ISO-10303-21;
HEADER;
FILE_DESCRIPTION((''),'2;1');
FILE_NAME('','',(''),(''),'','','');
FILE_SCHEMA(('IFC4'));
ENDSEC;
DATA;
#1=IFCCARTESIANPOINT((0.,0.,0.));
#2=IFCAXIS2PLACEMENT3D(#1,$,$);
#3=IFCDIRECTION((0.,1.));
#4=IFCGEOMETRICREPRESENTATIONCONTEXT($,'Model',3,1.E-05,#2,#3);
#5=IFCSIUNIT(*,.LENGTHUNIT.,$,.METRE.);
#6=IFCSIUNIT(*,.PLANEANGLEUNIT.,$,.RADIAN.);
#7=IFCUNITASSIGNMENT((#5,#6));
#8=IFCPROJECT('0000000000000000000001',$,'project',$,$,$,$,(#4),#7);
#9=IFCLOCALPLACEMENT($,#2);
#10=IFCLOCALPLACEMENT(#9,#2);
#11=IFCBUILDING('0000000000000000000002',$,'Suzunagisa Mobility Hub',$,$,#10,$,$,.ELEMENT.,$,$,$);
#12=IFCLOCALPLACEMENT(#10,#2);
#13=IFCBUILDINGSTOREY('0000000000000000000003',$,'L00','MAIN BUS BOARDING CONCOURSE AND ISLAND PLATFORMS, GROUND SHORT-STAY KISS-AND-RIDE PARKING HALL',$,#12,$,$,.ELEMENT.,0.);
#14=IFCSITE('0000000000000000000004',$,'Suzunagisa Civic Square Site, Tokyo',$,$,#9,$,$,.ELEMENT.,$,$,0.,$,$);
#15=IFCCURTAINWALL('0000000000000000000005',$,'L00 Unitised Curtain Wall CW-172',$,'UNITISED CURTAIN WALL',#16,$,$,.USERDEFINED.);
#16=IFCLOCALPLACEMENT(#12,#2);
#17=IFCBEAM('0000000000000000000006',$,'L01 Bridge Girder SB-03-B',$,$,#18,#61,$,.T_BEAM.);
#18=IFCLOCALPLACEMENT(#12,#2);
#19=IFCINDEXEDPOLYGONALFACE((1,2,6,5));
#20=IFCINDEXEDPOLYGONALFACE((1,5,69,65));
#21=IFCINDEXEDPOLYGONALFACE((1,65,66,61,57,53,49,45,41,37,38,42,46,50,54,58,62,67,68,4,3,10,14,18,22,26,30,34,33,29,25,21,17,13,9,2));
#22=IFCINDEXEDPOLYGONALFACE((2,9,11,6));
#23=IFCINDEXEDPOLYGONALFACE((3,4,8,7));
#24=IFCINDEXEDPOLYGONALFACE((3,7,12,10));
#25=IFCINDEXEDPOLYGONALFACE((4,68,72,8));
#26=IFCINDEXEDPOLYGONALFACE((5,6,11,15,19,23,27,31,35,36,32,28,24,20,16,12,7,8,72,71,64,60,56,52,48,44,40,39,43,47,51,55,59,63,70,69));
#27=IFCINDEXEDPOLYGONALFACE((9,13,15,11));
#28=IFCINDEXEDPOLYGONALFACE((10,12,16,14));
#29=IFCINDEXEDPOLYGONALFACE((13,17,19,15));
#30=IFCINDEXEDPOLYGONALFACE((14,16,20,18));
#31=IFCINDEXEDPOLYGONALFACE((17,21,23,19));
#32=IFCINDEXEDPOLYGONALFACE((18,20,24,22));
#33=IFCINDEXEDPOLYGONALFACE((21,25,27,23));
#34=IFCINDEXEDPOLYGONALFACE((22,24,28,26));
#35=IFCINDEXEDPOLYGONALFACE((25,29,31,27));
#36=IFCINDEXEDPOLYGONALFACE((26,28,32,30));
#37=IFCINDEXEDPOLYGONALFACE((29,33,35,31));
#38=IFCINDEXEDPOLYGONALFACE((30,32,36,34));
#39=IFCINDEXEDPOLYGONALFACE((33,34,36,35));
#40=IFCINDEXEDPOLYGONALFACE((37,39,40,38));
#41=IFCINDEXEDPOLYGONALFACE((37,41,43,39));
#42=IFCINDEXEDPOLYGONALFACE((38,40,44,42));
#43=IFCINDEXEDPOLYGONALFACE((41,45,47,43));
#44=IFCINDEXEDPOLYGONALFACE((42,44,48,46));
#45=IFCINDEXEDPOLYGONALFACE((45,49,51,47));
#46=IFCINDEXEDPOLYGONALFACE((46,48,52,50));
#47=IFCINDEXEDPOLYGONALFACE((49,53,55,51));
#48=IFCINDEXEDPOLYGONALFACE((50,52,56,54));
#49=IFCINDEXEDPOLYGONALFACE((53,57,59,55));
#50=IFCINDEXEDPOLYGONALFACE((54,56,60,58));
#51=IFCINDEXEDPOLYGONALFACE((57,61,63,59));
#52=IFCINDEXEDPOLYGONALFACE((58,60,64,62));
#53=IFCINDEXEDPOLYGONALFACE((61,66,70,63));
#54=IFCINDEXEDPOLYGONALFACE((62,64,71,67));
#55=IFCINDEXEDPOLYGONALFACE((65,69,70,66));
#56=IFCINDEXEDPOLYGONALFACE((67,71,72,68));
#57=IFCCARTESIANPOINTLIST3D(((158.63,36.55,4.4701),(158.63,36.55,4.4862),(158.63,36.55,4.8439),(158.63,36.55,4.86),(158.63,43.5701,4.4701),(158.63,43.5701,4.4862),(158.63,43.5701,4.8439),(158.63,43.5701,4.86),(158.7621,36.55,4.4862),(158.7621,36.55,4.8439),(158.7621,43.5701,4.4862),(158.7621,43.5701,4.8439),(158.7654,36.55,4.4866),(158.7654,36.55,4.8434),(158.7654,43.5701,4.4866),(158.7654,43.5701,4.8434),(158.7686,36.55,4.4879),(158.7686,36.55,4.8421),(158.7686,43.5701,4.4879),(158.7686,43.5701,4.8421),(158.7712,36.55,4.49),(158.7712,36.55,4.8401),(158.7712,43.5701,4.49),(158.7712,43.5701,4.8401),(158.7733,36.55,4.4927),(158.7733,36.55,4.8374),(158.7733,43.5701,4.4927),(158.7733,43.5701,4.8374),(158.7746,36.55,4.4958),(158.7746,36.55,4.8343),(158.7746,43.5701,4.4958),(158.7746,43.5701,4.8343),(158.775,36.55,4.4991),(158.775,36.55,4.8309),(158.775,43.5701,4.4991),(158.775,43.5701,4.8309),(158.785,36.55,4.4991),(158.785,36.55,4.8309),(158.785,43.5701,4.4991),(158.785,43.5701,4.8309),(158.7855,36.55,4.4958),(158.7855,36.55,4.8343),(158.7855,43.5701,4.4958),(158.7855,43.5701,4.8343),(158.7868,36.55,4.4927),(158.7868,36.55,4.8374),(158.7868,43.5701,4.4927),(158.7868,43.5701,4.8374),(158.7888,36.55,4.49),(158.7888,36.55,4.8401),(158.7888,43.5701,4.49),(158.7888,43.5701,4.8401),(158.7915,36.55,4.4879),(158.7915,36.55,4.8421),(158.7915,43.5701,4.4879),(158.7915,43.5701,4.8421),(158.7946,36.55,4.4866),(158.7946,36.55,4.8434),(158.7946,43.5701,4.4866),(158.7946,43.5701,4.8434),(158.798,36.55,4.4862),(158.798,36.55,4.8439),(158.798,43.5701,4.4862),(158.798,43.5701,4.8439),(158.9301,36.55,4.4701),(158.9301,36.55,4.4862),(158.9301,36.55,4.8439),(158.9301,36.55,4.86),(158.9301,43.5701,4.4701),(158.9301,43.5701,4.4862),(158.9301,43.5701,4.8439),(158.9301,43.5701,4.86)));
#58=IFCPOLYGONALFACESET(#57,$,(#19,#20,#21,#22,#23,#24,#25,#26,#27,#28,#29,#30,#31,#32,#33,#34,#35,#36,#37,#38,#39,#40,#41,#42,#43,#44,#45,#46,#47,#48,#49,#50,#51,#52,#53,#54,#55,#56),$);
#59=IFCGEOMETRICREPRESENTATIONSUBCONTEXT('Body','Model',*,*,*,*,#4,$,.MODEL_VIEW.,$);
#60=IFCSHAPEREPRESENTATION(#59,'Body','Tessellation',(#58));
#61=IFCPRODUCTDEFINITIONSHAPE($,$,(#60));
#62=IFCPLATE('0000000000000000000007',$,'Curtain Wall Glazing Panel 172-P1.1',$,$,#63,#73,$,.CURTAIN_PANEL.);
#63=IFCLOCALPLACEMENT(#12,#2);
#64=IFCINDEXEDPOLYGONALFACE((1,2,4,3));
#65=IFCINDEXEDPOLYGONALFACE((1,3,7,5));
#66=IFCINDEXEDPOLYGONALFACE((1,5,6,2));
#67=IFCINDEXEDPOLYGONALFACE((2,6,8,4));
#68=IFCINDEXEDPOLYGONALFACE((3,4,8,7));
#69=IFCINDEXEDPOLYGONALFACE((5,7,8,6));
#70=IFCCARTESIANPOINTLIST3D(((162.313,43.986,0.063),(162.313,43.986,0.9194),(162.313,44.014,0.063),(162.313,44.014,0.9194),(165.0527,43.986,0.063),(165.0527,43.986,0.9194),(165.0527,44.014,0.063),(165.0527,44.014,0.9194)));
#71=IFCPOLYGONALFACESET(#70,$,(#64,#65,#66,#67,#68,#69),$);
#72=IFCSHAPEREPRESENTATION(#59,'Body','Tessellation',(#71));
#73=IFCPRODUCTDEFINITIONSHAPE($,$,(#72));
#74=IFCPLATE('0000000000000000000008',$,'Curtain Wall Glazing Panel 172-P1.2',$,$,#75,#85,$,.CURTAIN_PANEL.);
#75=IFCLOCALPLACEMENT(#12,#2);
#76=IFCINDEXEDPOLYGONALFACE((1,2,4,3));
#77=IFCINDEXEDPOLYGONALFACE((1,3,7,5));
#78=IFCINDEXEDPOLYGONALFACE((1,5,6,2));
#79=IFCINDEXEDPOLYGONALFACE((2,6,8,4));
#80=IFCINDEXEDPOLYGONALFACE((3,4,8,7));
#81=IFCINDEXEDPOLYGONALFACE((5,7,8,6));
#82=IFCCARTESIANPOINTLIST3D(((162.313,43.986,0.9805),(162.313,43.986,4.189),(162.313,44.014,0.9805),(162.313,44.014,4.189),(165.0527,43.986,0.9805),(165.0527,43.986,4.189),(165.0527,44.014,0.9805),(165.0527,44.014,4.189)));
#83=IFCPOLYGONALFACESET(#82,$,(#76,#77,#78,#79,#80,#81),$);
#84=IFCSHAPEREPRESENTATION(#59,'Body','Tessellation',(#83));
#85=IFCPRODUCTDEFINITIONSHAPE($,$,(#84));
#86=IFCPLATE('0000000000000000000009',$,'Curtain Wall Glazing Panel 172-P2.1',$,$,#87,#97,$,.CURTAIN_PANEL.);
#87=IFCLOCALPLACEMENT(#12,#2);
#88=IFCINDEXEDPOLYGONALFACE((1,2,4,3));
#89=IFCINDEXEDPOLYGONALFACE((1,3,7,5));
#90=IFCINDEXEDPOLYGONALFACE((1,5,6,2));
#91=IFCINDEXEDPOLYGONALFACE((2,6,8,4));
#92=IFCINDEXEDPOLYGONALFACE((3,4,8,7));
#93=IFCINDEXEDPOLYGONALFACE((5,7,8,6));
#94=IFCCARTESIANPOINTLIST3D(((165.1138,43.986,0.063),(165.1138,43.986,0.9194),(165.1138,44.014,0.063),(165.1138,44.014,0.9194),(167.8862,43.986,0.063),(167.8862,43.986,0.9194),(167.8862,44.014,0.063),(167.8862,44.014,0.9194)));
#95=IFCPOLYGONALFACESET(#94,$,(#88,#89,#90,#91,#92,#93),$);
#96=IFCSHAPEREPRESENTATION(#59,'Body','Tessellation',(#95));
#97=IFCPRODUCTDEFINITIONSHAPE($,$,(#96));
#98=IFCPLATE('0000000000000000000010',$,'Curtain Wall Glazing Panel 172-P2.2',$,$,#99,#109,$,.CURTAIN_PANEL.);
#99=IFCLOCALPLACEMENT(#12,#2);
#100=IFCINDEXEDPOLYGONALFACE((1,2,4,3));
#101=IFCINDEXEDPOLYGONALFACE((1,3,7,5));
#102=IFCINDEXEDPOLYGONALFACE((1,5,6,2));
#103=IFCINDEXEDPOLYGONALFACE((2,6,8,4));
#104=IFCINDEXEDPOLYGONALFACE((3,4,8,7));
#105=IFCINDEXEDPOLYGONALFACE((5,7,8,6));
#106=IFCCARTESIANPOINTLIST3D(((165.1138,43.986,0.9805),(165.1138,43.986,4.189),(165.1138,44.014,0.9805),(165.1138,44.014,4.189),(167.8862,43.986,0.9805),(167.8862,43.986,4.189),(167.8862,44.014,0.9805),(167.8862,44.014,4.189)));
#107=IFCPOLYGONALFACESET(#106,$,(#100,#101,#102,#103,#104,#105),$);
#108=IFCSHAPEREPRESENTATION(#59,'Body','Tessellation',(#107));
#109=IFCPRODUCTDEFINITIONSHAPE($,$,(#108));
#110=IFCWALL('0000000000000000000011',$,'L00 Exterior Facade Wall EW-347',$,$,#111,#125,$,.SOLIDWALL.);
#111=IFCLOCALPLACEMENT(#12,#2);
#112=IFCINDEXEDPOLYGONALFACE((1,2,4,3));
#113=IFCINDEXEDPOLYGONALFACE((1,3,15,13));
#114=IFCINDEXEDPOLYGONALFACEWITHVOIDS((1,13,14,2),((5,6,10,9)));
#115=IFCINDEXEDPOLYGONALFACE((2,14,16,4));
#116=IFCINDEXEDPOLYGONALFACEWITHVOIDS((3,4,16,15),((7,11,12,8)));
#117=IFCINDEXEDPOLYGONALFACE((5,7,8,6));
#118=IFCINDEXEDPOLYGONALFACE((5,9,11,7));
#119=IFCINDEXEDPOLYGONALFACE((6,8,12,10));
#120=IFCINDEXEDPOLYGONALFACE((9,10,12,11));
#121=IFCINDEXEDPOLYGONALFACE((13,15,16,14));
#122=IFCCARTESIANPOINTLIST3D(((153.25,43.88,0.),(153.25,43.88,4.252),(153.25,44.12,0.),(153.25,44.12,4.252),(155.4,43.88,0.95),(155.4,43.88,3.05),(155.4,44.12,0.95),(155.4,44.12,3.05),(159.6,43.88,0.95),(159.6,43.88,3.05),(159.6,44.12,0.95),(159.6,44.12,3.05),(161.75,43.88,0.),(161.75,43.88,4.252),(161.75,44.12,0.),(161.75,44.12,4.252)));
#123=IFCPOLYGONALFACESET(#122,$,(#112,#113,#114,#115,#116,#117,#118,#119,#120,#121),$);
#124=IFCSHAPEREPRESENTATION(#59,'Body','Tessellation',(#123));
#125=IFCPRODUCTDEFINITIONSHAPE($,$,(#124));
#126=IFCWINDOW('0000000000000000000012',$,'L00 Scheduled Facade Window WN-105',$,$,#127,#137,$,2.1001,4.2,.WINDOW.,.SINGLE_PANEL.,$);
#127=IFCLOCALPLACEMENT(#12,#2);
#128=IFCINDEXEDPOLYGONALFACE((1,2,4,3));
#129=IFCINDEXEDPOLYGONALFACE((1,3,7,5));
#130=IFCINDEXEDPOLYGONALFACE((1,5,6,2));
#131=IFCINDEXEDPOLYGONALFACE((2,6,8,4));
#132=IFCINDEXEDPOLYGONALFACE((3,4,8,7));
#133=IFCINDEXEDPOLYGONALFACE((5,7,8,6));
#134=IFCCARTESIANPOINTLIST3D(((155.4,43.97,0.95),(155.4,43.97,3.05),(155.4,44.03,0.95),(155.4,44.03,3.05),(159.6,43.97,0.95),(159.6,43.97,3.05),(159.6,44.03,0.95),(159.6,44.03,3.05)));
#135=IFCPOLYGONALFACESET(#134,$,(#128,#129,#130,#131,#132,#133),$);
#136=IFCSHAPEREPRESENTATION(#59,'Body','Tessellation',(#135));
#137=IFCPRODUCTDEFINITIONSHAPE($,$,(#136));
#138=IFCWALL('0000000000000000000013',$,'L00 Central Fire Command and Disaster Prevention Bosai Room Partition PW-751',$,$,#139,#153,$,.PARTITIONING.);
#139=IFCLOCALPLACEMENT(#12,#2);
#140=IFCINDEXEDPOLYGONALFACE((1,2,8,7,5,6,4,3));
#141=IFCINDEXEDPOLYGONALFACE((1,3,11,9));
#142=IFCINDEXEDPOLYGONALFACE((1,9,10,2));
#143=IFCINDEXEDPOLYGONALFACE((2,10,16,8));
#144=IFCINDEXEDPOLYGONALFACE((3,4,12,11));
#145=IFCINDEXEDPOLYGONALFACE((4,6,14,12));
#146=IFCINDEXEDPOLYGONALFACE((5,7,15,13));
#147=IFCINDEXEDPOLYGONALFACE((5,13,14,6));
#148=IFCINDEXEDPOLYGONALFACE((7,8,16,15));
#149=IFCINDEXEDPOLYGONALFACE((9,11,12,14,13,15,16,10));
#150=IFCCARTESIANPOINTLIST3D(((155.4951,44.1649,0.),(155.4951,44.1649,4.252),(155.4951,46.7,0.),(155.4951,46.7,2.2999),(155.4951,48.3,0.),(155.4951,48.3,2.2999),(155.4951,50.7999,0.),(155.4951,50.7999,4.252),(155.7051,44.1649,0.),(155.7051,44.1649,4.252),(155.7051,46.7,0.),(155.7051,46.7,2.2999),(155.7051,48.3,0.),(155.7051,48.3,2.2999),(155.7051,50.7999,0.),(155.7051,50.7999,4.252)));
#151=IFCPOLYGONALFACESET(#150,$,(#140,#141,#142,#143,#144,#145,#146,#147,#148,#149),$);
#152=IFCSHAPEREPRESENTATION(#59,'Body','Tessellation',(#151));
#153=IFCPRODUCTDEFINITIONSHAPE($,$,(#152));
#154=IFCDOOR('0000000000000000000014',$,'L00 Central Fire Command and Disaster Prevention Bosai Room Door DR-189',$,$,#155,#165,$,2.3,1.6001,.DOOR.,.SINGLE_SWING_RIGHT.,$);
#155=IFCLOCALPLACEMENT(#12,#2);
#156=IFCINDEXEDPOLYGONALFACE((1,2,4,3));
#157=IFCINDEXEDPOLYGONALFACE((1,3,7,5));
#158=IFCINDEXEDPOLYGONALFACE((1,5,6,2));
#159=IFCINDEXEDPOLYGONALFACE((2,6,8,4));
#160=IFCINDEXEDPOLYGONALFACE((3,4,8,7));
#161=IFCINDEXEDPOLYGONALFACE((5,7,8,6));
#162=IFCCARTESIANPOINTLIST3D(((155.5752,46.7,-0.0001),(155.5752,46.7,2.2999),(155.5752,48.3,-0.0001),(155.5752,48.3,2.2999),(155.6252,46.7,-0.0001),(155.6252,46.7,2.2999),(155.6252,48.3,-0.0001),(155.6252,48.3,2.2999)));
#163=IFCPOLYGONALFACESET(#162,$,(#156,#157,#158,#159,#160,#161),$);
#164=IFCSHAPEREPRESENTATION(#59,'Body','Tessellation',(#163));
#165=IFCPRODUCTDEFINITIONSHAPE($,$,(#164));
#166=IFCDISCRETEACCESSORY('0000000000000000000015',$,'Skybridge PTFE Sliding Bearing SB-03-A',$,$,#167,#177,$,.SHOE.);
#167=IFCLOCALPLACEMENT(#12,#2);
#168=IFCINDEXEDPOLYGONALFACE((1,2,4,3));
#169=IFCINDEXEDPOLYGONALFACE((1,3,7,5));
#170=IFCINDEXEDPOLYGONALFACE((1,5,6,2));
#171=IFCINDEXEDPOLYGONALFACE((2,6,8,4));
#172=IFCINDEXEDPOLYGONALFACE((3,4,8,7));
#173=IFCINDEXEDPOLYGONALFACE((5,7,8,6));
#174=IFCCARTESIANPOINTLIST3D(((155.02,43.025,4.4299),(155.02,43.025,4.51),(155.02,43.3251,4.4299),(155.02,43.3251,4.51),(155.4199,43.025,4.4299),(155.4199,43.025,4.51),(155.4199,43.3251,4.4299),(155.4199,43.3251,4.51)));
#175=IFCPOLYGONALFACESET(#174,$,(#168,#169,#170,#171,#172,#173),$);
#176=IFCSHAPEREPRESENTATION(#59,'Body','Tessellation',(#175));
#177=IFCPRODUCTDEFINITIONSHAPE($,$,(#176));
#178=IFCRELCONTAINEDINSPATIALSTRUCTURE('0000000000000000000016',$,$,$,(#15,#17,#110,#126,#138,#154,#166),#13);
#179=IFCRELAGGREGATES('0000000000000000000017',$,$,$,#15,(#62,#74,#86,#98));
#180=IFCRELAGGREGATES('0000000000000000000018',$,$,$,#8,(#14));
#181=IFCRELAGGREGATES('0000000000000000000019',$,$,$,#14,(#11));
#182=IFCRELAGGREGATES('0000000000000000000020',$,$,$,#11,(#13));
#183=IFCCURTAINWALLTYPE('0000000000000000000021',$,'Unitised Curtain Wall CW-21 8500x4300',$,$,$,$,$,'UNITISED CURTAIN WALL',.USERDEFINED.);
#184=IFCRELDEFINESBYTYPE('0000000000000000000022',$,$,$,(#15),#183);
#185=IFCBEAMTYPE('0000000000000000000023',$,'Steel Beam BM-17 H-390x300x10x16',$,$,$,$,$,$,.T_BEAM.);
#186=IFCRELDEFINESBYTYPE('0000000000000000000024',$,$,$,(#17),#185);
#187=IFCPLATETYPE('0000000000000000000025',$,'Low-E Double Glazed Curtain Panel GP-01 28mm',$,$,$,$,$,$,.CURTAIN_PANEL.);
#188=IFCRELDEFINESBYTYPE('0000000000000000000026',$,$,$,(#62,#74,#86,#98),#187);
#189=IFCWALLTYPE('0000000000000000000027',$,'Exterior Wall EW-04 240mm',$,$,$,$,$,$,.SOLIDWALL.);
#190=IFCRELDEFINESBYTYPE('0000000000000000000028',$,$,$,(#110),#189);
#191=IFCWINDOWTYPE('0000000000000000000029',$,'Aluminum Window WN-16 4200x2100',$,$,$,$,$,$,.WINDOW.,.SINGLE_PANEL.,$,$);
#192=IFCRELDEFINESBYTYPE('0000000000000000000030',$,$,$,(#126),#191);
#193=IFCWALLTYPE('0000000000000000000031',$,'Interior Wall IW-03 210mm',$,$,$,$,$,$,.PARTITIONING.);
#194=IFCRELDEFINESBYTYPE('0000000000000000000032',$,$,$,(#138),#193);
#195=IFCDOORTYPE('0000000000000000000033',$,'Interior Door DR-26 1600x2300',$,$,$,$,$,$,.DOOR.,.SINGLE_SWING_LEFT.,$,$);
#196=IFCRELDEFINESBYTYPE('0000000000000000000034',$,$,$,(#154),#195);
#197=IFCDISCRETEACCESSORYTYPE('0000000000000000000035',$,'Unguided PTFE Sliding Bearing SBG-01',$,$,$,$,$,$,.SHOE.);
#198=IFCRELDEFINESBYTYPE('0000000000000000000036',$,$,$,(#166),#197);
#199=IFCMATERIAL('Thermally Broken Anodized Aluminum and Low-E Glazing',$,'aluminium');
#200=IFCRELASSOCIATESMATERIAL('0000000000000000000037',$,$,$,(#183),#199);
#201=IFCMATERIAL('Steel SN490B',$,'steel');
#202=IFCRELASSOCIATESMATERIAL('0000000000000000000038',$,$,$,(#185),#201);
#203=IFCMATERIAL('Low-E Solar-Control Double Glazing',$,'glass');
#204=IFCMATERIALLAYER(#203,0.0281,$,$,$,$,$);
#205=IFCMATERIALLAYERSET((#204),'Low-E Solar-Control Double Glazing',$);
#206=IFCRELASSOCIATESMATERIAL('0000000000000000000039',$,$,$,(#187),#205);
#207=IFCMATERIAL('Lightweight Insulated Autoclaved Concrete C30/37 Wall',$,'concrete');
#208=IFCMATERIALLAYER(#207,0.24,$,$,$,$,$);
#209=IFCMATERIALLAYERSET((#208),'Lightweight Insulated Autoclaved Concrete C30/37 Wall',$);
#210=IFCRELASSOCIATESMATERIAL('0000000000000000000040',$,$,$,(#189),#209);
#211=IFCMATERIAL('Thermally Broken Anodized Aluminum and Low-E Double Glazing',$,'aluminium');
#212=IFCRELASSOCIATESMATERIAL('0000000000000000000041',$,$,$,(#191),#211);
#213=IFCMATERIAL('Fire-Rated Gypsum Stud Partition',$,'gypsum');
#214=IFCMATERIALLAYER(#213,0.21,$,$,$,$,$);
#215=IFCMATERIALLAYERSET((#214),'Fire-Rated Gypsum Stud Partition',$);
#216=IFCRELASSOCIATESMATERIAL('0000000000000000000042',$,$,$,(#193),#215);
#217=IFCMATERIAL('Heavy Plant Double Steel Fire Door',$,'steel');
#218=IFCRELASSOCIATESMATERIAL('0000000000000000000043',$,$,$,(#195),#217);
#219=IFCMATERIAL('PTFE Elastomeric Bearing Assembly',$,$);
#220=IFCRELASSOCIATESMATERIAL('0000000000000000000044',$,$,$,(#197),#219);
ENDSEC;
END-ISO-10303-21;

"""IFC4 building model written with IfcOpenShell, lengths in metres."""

from ifc_helpers import new_model, si_unit, direction, frame, frame_2d, origin, origin_2d, place, context, subcontext, project, spatial, rectangle, i_section, extrude, material, layer, layer_set, material_profile, profile_set, type_object, element, fill, aggregate, save


model = new_model("IFC4")

# Units and contexts
model_context = context("Model", 3, precision=1e-05, world=origin(), true_north=direction((0.0, 1.0)))
body_context = subcontext(model_context, "Body", "Model", "MODEL_VIEW")
ifc_project = project(units=[si_unit("LENGTHUNIT", "METRE"), si_unit("PLANEANGLEUNIT", "RADIAN")], contexts=[model_context])

# Site, building, storey
site_placement = place(None, origin())
site = spatial("IfcSite", under=ifc_project, at=site_placement, Name="Suzunagisa Civic Square Site, Tokyo", CompositionType="ELEMENT", RefElevation=0.0)
building_placement = place(site_placement, origin())
building = spatial("IfcBuilding", under=site, at=building_placement, Name="Suzunagisa Mobility Hub", CompositionType="ELEMENT")
storey_placement = place(building_placement, origin())
storey = spatial("IfcBuildingStorey", under=building, at=storey_placement, Name="L00", Description="MAIN BUS BOARDING CONCOURSE AND ISLAND PLATFORMS, GROUND SHORT-STAY KISS-AND-RIDE PARKING HALL", CompositionType="ELEMENT", Elevation=0.0)

# Shared definitions
ifc_material_1 = material(Name="Steel SN490B", Category="steel")

# Curtain wall
ifc_material_2 = material(Name="Thermally Broken Anodized Aluminum and Low-E Glazing", Category="aluminium")
curtain_wall_type = type_object("IfcCurtainWallType", Name="Unitised Curtain Wall CW-21 8500x4300", ElementType="UNITISED CURTAIN WALL", PredefinedType="USERDEFINED", material=ifc_material_2)
curtain_wall_placement = place(storey_placement, origin())
curtain_wall = element("IfcCurtainWall", 1, at=curtain_wall_placement, inside=storey, type_object=curtain_wall_type, Name="L00 Unitised Curtain Wall CW-172", ObjectType="UNITISED CURTAIN WALL", PredefinedType="USERDEFINED")

# Beam
ifc_material_profile_1 = material_profile(ifc_material_1, i_section(OverallWidth=0.3, OverallDepth=0.3899, WebThickness=0.01, FlangeThickness=0.0161, FilletRadius=0.0129, at=origin_2d()), Name="H-390x300x10x16")
ifc_profile_set_1 = profile_set([ifc_material_profile_1], Name="Steel SN490B")
beam_type_1 = type_object("IfcBeamType", Name="Steel Beam BM-17 H-390x300x10x16", PredefinedType="T_BEAM", material=ifc_profile_set_1)
for number, where, z_axis, x_axis, name in (
    (2, (158.78, 36.55, 4.665), (0.0, 1.0, 0.0), (-1.0, 0.0, 0.0), "L01 Bridge Girder SB-03-B"),
):
    element("IfcBeam", number, at=place(storey_placement, frame(where, z_axis=z_axis, x_axis=x_axis)), inside=storey, type_object=beam_type_1, Name=name, PredefinedType="T_BEAM", context=body_context, shape_type="SweptSolid", body=[
        extrude(i_section(OverallWidth=0.3, OverallDepth=0.3899, WebThickness=0.01, FlangeThickness=0.0161, FilletRadius=0.0129, at=origin_2d()), origin(), (0.0, 0.0, 1.0), 7.02),
    ])

# Plates
ifc_material_3 = material(Name="Low-E Solar-Control Double Glazing", Category="glass")
ifc_layer_1 = layer(ifc_material_3, 0.0281)
ifc_layer_set_1 = layer_set([ifc_layer_1], Name="Low-E Solar-Control Double Glazing")
plate_type = type_object("IfcPlateType", Name="Low-E Double Glazed Curtain Panel GP-01 28mm", PredefinedType="CURTAIN_PANEL", material=ifc_layer_set_1)
plate_1_placement = place(storey_placement, frame((163.6829, 44.0, 0.063), z_axis=(0.0, 0.0, 1.0), x_axis=(1.0, 0.0, 0.0)))
plate_1 = element("IfcPlate", 3, at=plate_1_placement, type_object=plate_type, Name="Curtain Wall Glazing Panel 172-P1.1", PredefinedType="CURTAIN_PANEL", context=body_context, shape_type="SweptSolid", body=[
    extrude(rectangle(XDim=2.7397, YDim=0.0281, at=origin_2d()), origin(), (0.0, 0.0, 1.0), 0.8564),
])
plate_2_placement = place(storey_placement, frame((163.6829, 44.0, 0.9805), z_axis=(0.0, 0.0, 1.0), x_axis=(1.0, 0.0, 0.0)))
plate_2 = element("IfcPlate", 4, at=plate_2_placement, type_object=plate_type, Name="Curtain Wall Glazing Panel 172-P1.2", PredefinedType="CURTAIN_PANEL", context=body_context, shape_type="SweptSolid", body=[
    extrude(rectangle(XDim=2.7397, YDim=0.0281, at=origin_2d()), origin(), (0.0, 0.0, 1.0), 3.2085),
])
plate_3_placement = place(storey_placement, frame((166.5, 44.0, 0.063), z_axis=(0.0, 0.0, 1.0), x_axis=(1.0, 0.0, 0.0)))
plate_3 = element("IfcPlate", 5, at=plate_3_placement, type_object=plate_type, Name="Curtain Wall Glazing Panel 172-P2.1", PredefinedType="CURTAIN_PANEL", context=body_context, shape_type="SweptSolid", body=[
    extrude(rectangle(XDim=2.7725, YDim=0.0281, at=origin_2d()), origin(), (0.0, 0.0, 1.0), 0.8564),
])
plate_4_placement = place(storey_placement, frame((166.5, 44.0, 0.9805), z_axis=(0.0, 0.0, 1.0), x_axis=(1.0, 0.0, 0.0)))
plate_4 = element("IfcPlate", 6, at=plate_4_placement, type_object=plate_type, Name="Curtain Wall Glazing Panel 172-P2.2", PredefinedType="CURTAIN_PANEL", context=body_context, shape_type="SweptSolid", body=[
    extrude(rectangle(XDim=2.7725, YDim=0.0281, at=origin_2d()), origin(), (0.0, 0.0, 1.0), 3.2085),
])
aggregate(curtain_wall, [plate_1, plate_2, plate_3, plate_4])

# Wall, opening, window
ifc_material_4 = material(Name="Lightweight Insulated Autoclaved Concrete C30/37 Wall", Category="concrete")
ifc_layer_2 = layer(ifc_material_4, 0.24)
ifc_layer_set_2 = layer_set([ifc_layer_2], Name="Lightweight Insulated Autoclaved Concrete C30/37 Wall")
wall_type_1 = type_object("IfcWallType", Name="Exterior Wall EW-04 240mm", PredefinedType="SOLIDWALL", material=ifc_layer_set_2)
wall_1_placement = place(storey_placement, frame((153.25, 44.0, 0.0), z_axis=(0.0, 0.0, 1.0), x_axis=(1.0, 0.0, 0.0)))
wall_1 = element("IfcWall", 7, at=wall_1_placement, inside=storey, type_object=wall_type_1, Name="L00 Exterior Facade Wall EW-347", PredefinedType="SOLIDWALL", context=body_context, shape_type="SweptSolid", body=[
    extrude(rectangle(XDim=8.5, YDim=0.24, at=frame_2d((4.25, 0.0))), origin(), (0.0, 0.0, 1.0), 4.252),
])
opening_1_placement = place(wall_1_placement, frame((2.1499, 0.0, 0.95)))
opening_1 = element("IfcOpeningElement", 8, at=opening_1_placement, cuts=wall_1, PredefinedType="OPENING", context=body_context, shape_type="SweptSolid", body=[
    extrude(rectangle(XDim=4.2, YDim=2.1001, at=frame_2d((2.1001, 1.05))), frame((0.0, 0.1309, 0.0), z_axis=(0.0, -1.0, 0.0), x_axis=(1.0, 0.0, 0.0)), (0.0, 0.0, 1.0), 0.262),
])
ifc_material_5 = material(Name="Thermally Broken Anodized Aluminum and Low-E Double Glazing", Category="aluminium")
window_type = type_object("IfcWindowType", Name="Aluminum Window WN-16 4200x2100", PartitioningType="SINGLE_PANEL", PredefinedType="WINDOW", material=ifc_material_5)
window_placement = place(opening_1_placement, origin())
window = element("IfcWindow", 9, at=window_placement, inside=storey, type_object=window_type, Name="L00 Scheduled Facade Window WN-105", OverallHeight=2.1001, OverallWidth=4.2, PartitioningType="SINGLE_PANEL", PredefinedType="WINDOW", context=body_context, shape_type="SweptSolid", body=[
    extrude(rectangle(XDim=4.2, YDim=2.1001, at=frame_2d((2.1001, 1.05))), frame((0.0, 0.03, 0.0), z_axis=(0.0, -1.0, 0.0), x_axis=(1.0, 0.0, 0.0)), (0.0, 0.0, 1.0), 0.0601),
])
fill(opening_1, window)

# Wall, opening, door
ifc_material_6 = material(Name="Fire-Rated Gypsum Stud Partition", Category="gypsum")
ifc_layer_3 = layer(ifc_material_6, 0.21)
ifc_layer_set_3 = layer_set([ifc_layer_3], Name="Fire-Rated Gypsum Stud Partition")
wall_type_2 = type_object("IfcWallType", Name="Interior Wall IW-03 210mm", PredefinedType="PARTITIONING", material=ifc_layer_set_3)
wall_2_placement = place(storey_placement, frame((155.6001, 44.165, 0.0), z_axis=(0.0, 0.0, 1.0), x_axis=(0.0, 1.0, 0.0)))
wall_2 = element("IfcWall", 10, at=wall_2_placement, inside=storey, type_object=wall_type_2, Name="L00 Central Fire Command and Disaster Prevention Bosai Room Partition PW-751", PredefinedType="PARTITIONING", context=body_context, shape_type="SweptSolid", body=[
    extrude(rectangle(XDim=6.635, YDim=0.21, at=frame_2d((3.3174, 0.0))), origin(), (0.0, 0.0, 1.0), 4.252),
])
opening_2_placement = place(wall_2_placement, frame((2.5349, 0.0, 0.0)))
opening_2 = element("IfcOpeningElement", 11, at=opening_2_placement, cuts=wall_2, PredefinedType="OPENING", context=body_context, shape_type="SweptSolid", body=[
    extrude(rectangle(XDim=1.6001, YDim=2.3, at=frame_2d((0.8, 1.1499))), frame((0.0, 0.116, 0.0), z_axis=(0.0, -1.0, 0.0), x_axis=(1.0, 0.0, 0.0)), (0.0, 0.0, 1.0), 0.2319),
])
ifc_material_7 = material(Name="Heavy Plant Double Steel Fire Door", Category="steel")
door_type = type_object("IfcDoorType", Name="Interior Door DR-26 1600x2300", OperationType="SINGLE_SWING_LEFT", PredefinedType="DOOR", material=ifc_material_7)
door_placement = place(opening_2_placement, origin())
door = element("IfcDoor", 12, at=door_placement, inside=storey, type_object=door_type, Name="L00 Central Fire Command and Disaster Prevention Bosai Room Door DR-189", OperationType="SINGLE_SWING_RIGHT", OverallHeight=2.3, OverallWidth=1.6001, PredefinedType="DOOR", context=body_context, shape_type="SweptSolid", body=[
    extrude(rectangle(XDim=1.6001, YDim=2.3, at=frame_2d((0.8, 1.1499))), frame((0.0, 0.0249, 0.0), z_axis=(0.0, -1.0, 0.0), x_axis=(1.0, 0.0, 0.0)), (0.0, 0.0, 1.0), 0.05),
])
fill(opening_2, door)

# Discrete accessory
ifc_material_8 = material(Name="PTFE Elastomeric Bearing Assembly")
discrete_accessory_type = type_object("IfcDiscreteAccessoryType", Name="Unguided PTFE Sliding Bearing SBG-01", PredefinedType="SHOE", material=ifc_material_8)
for number, where, z_axis, x_axis, name in (
    (13, (155.22, 43.175, 4.4299), (0.0, 0.0, 1.0), (1.0, 0.0, 0.0), "Skybridge PTFE Sliding Bearing SB-03-A"),
):
    element("IfcDiscreteAccessory", number, at=place(storey_placement, frame(where, z_axis=z_axis, x_axis=x_axis)), inside=storey, type_object=discrete_accessory_type, Name=name, PredefinedType="SHOE", context=body_context, shape_type="SweptSolid", body=[
        extrude(rectangle(XDim=0.3999, YDim=0.3, at=origin_2d()), origin(), (0.0, 0.0, 1.0), 0.0801),
    ])

save(model, "model.ifc")
